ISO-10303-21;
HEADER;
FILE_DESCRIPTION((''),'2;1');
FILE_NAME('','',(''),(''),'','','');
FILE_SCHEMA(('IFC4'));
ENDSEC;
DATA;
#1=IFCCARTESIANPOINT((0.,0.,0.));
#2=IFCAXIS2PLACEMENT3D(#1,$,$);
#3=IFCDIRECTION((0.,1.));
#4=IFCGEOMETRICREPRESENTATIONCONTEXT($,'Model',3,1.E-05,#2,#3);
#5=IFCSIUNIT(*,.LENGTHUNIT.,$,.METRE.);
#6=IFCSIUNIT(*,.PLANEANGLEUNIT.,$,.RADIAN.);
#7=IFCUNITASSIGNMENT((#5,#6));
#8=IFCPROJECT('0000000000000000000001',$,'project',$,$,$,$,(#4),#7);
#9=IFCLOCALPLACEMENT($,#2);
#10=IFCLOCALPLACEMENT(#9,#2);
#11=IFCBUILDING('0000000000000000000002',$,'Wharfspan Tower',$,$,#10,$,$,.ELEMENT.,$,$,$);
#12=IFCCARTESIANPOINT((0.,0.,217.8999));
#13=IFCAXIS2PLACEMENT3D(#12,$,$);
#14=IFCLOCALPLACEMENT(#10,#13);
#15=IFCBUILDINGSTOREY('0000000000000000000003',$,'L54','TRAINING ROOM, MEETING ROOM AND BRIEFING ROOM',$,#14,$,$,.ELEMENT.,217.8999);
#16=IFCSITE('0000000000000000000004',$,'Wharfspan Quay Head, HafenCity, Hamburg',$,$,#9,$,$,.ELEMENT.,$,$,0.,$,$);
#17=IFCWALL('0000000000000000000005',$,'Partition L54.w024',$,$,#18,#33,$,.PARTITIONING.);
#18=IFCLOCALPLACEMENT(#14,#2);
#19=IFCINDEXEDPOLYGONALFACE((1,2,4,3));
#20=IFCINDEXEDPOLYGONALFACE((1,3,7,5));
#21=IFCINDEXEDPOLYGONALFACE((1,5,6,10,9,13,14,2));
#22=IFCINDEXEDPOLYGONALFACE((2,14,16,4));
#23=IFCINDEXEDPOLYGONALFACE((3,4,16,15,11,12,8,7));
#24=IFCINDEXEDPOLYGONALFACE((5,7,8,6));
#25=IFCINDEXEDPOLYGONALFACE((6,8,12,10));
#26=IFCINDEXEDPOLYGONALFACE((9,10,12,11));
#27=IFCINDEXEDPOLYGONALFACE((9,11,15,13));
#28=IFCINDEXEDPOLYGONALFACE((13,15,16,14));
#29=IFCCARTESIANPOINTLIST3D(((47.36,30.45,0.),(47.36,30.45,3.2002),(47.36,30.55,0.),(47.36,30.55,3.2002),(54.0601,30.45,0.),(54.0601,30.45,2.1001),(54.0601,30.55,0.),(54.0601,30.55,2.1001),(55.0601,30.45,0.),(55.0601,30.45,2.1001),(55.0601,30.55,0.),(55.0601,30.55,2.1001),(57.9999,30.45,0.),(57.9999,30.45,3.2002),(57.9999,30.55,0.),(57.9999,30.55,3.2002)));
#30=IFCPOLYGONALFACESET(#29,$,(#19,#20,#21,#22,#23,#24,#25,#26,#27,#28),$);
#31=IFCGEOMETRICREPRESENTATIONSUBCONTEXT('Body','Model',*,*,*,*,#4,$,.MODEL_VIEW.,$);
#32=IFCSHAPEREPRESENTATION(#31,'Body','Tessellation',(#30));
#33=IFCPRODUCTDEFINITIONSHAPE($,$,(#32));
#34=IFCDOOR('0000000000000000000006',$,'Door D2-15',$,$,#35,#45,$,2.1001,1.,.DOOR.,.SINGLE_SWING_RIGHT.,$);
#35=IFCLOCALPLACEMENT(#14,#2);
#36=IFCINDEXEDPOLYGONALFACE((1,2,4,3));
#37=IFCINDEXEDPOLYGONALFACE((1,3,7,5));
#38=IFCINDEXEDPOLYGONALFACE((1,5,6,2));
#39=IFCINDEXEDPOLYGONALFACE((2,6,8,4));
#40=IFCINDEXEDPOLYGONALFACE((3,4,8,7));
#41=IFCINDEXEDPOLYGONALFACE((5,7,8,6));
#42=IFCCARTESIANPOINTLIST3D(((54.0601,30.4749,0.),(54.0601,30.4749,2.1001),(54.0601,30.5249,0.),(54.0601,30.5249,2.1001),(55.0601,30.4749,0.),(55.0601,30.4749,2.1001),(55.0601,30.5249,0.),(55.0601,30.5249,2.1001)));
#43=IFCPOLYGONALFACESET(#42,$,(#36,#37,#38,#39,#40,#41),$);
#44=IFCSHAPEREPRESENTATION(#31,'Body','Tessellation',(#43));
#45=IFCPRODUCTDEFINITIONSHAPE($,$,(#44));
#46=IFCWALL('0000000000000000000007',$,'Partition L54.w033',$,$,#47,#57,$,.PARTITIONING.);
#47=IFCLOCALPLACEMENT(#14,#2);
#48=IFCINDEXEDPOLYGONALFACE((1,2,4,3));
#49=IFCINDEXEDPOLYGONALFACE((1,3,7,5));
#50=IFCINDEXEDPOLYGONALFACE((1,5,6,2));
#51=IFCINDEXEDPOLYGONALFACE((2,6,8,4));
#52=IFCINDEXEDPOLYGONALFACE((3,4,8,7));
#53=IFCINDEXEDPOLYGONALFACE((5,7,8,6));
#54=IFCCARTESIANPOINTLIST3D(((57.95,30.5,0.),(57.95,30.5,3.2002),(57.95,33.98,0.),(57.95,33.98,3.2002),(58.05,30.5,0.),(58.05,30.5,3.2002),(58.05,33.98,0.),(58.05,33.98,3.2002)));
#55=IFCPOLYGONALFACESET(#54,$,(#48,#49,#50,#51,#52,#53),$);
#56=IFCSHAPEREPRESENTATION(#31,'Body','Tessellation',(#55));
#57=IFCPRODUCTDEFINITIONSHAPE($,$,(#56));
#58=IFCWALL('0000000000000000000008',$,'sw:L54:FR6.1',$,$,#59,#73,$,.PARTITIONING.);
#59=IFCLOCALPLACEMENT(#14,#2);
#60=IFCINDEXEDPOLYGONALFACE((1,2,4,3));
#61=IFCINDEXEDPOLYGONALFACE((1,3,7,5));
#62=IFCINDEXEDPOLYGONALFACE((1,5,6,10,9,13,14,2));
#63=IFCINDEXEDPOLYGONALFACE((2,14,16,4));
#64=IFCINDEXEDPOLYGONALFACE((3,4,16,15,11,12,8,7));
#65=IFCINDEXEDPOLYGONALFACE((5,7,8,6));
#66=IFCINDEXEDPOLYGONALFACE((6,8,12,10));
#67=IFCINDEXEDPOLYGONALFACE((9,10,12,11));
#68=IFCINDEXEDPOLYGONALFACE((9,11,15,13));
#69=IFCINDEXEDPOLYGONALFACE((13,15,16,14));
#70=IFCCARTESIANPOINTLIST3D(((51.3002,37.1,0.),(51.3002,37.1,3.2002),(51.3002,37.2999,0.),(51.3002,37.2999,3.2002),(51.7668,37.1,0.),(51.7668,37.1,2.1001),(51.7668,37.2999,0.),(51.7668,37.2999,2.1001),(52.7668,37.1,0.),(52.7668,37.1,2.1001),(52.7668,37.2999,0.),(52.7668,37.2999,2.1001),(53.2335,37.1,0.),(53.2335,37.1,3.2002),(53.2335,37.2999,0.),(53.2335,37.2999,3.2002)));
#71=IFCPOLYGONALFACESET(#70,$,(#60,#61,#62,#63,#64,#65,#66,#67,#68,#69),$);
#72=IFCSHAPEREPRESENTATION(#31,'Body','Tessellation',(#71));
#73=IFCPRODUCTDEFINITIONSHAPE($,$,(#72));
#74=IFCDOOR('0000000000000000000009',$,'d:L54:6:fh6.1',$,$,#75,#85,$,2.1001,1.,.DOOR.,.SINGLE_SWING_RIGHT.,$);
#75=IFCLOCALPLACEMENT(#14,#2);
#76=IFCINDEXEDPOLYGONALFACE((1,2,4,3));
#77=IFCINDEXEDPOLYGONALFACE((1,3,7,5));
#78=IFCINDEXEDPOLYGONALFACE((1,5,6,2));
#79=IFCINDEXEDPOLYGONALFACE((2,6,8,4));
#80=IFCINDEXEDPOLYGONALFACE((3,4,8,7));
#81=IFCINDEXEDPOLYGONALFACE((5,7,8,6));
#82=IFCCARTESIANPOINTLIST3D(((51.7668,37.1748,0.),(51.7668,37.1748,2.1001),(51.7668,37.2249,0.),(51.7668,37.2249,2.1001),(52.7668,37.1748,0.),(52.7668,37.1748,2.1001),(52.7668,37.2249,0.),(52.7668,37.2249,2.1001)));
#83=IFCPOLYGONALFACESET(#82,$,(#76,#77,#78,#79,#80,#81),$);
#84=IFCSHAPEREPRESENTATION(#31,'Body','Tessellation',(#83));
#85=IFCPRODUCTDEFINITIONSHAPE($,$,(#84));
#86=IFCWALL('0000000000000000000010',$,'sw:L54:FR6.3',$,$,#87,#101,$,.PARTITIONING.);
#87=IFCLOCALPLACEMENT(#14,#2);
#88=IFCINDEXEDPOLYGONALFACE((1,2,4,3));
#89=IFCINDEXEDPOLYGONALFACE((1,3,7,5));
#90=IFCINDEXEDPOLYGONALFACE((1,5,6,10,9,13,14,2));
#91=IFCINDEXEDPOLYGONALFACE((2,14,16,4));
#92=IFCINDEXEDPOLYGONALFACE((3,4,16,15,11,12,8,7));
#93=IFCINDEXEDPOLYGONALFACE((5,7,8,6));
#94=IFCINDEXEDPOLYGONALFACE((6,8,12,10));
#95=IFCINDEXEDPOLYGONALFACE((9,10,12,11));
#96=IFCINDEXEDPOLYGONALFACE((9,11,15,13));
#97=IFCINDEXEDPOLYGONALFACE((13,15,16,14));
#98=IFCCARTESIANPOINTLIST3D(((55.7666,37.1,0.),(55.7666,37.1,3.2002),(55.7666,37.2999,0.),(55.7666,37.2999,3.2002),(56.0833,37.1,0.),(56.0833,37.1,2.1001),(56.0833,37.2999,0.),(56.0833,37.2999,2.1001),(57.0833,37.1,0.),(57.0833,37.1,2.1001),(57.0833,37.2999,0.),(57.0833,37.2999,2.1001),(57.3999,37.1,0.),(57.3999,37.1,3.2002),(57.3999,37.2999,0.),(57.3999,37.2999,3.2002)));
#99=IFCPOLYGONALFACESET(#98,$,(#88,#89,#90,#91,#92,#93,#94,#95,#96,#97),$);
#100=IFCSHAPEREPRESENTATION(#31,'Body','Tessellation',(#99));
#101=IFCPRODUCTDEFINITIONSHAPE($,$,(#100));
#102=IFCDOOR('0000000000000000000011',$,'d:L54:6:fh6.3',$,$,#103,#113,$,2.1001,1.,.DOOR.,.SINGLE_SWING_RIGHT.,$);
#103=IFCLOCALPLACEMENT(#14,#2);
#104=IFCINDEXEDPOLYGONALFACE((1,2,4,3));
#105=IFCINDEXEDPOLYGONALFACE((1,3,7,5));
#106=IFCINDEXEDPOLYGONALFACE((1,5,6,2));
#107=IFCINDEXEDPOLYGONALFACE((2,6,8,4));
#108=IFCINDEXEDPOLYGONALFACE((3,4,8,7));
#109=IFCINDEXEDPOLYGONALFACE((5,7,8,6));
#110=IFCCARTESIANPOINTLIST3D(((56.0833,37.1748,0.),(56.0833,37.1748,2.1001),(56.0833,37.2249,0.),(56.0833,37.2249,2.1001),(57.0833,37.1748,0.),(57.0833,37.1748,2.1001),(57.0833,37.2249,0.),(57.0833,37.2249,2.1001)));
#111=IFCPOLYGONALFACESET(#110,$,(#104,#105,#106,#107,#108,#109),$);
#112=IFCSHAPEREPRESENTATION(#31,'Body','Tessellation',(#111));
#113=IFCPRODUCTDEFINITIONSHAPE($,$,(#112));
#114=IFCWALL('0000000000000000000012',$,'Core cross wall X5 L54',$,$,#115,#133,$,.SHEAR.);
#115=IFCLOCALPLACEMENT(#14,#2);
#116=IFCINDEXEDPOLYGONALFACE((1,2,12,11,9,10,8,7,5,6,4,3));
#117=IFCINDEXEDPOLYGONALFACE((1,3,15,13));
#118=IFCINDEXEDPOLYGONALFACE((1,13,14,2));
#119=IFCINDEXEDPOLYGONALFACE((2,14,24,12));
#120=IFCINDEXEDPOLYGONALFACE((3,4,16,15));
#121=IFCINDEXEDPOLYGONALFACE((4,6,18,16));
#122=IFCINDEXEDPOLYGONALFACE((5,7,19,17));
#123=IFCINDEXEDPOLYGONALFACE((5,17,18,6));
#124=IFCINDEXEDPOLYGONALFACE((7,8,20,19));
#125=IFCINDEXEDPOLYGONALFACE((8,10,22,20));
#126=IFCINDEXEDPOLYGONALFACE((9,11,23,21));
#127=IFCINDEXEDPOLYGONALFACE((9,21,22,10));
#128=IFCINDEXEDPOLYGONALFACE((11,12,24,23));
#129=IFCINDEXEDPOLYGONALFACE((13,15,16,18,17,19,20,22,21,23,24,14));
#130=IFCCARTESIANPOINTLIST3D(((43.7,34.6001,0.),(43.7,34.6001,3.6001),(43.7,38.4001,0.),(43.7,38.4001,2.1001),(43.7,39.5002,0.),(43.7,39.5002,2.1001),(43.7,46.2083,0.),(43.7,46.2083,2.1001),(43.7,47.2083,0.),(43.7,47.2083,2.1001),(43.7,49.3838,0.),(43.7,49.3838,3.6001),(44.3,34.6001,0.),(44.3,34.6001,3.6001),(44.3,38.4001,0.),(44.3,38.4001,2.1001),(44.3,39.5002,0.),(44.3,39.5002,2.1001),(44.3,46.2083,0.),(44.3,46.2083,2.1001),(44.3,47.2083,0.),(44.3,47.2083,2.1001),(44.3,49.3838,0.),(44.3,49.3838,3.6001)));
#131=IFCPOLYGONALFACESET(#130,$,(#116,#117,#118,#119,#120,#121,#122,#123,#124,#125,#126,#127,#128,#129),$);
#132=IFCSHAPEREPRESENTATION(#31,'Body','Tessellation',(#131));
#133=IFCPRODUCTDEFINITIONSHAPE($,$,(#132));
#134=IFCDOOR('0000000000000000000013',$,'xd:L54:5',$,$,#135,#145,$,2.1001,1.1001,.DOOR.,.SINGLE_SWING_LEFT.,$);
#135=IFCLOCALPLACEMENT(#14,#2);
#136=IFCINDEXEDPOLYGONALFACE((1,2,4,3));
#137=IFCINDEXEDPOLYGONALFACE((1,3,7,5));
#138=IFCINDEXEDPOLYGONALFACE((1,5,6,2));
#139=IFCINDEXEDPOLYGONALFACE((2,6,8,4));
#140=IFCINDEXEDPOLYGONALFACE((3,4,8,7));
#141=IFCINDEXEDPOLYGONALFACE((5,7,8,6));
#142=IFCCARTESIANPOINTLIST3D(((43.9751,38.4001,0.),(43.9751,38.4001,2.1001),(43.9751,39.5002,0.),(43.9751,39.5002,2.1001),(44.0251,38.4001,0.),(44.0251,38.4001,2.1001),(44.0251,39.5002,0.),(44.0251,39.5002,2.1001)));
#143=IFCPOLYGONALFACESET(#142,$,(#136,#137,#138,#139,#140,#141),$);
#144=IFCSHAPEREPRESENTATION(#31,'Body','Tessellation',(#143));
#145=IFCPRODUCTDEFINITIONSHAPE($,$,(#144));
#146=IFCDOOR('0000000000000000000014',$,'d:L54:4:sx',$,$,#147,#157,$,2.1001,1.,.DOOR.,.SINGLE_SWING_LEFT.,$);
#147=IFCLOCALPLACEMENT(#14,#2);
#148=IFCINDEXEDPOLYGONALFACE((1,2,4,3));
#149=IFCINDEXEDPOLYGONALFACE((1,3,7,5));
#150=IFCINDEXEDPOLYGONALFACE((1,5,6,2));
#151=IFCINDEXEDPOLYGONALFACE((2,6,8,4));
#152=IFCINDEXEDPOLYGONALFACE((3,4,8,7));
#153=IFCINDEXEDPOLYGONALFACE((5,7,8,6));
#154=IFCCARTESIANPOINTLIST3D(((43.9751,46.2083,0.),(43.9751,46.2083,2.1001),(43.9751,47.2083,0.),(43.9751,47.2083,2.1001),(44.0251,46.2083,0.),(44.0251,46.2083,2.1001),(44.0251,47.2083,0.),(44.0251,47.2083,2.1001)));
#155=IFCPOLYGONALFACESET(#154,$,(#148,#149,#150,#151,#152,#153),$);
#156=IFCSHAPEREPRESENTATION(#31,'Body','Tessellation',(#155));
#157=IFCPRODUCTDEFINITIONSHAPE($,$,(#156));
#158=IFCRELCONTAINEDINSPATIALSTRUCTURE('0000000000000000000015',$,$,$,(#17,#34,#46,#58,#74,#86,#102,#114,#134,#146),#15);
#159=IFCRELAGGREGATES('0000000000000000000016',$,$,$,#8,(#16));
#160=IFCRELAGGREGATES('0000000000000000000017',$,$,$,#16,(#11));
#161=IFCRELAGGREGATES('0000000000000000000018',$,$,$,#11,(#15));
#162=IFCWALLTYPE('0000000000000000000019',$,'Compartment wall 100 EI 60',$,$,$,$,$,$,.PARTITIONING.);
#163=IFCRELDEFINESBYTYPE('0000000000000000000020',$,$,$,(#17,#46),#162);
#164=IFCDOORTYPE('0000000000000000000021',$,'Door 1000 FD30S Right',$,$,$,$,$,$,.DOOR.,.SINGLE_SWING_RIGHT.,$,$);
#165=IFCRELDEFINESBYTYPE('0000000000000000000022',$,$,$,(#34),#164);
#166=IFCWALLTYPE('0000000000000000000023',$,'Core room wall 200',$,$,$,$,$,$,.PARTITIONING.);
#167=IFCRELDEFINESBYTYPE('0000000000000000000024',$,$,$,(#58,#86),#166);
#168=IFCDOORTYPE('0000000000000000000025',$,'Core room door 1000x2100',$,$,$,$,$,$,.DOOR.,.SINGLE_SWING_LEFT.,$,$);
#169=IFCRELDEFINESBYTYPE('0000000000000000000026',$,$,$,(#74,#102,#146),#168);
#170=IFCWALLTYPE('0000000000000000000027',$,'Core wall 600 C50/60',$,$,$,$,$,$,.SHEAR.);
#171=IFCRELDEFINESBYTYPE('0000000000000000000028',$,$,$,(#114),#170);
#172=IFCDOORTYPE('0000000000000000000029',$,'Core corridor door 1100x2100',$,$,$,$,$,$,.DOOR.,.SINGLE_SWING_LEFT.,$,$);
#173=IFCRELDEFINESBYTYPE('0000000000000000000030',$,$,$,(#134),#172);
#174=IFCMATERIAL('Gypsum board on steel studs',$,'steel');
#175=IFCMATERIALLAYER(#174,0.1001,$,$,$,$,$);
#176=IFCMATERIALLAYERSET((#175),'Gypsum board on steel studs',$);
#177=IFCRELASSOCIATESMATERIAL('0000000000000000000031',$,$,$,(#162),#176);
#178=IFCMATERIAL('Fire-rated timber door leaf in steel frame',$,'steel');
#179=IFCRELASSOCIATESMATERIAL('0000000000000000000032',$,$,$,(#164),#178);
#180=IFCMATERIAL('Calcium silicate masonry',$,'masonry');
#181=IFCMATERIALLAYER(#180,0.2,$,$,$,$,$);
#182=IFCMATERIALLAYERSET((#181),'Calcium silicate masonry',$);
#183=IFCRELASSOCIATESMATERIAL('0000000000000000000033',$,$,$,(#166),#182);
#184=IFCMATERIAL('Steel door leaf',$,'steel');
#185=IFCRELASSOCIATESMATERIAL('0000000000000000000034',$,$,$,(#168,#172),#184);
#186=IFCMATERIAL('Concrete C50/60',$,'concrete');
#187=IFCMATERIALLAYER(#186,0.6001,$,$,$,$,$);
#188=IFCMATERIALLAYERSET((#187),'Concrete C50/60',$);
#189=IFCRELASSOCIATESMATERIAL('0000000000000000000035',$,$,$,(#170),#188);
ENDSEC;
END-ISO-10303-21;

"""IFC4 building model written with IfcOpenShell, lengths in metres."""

from ifc_helpers import new_model, si_unit, direction, frame, frame_2d, origin, place, context, subcontext, project, spatial, rectangle, extrude, material, layer, layer_set, type_object, element, fill, save


model = new_model("IFC4")

# Units and contexts
model_context = context("Model", 3, precision=1e-05, world=origin(), true_north=direction((0.0, 1.0)))
body_context = subcontext(model_context, "Body", "Model", "MODEL_VIEW")
ifc_project = project(units=[si_unit("LENGTHUNIT", "METRE"), si_unit("PLANEANGLEUNIT", "RADIAN")], contexts=[model_context])

# Site, building, storey
site_placement = place(None, origin())
site = spatial("IfcSite", under=ifc_project, at=site_placement, Name="Wharfspan Quay Head, HafenCity, Hamburg", CompositionType="ELEMENT", RefElevation=0.0)
building_placement = place(site_placement, origin())
building = spatial("IfcBuilding", under=site, at=building_placement, Name="Wharfspan Tower", CompositionType="ELEMENT")
storey_placement = place(building_placement, frame((0.0, 0.0, 217.8999)))
storey = spatial("IfcBuildingStorey", under=building, at=storey_placement, Name="L54", Description="TRAINING ROOM, MEETING ROOM AND BRIEFING ROOM", CompositionType="ELEMENT", Elevation=217.8999)

# Wall, opening, door
ifc_material_1 = material(Name="Gypsum board on steel studs", Category="steel")
ifc_layer_1 = layer(ifc_material_1, 0.1001)
ifc_layer_set_1 = layer_set([ifc_layer_1], Name="Gypsum board on steel studs")
wall_type_1 = type_object("IfcWallType", Name="Compartment wall 100 EI 60", PredefinedType="PARTITIONING", material=ifc_layer_set_1)
wall_1_placement = place(storey_placement, frame((47.3601, 30.5, 0.0), z_axis=(0.0, 0.0, 1.0), x_axis=(1.0, 0.0, 0.0)))
wall_1 = element("IfcWall", 1, at=wall_1_placement, inside=storey, type_object=wall_type_1, Name="Partition L54.w024", PredefinedType="PARTITIONING", context=body_context, shape_type="SweptSolid", body=[
    extrude(rectangle(XDim=10.6399, YDim=0.1001, at=frame_2d((5.3198, 0.0))), origin(), (0.0, 0.0, 1.0), 3.2002),
])
opening_1_placement = place(wall_1_placement, frame((6.7, 0.0, 0.0)))
opening_1 = element("IfcOpeningElement", 2, at=opening_1_placement, cuts=wall_1, PredefinedType="OPENING", context=body_context, shape_type="SweptSolid", body=[
    extrude(rectangle(XDim=1.0, YDim=2.1001, at=frame_2d((0.5, 1.05))), frame((0.0, 0.0601, 0.0), z_axis=(0.0, -1.0, 0.0), x_axis=(1.0, 0.0, 0.0)), (0.0, 0.0, 1.0), 0.1201),
])
ifc_material_2 = material(Name="Fire-rated timber door leaf in steel frame", Category="steel")
door_type_1 = type_object("IfcDoorType", Name="Door 1000 FD30S Right", OperationType="SINGLE_SWING_RIGHT", PredefinedType="DOOR", material=ifc_material_2)
door_1_placement = place(opening_1_placement, origin())
door_1 = element("IfcDoor", 3, at=door_1_placement, inside=storey, type_object=door_type_1, Name="Door D2-15", OperationType="SINGLE_SWING_RIGHT", OverallHeight=2.1001, OverallWidth=1.0, PredefinedType="DOOR", context=body_context, shape_type="SweptSolid", body=[
    extrude(rectangle(XDim=1.0, YDim=2.1001, at=frame_2d((0.5, 1.05))), frame((0.0, 0.0249, 0.0), z_axis=(0.0, -1.0, 0.0), x_axis=(1.0, 0.0, 0.0)), (0.0, 0.0, 1.0), 0.05),
])
fill(opening_1, door_1)

# Wall
wall_2_placement = place(storey_placement, frame((58.0, 30.5, 0.0), z_axis=(0.0, 0.0, 1.0), x_axis=(0.0, 1.0, 0.0)))
element("IfcWall", 4, at=wall_2_placement, inside=storey, type_object=wall_type_1, Name="Partition L54.w033", PredefinedType="PARTITIONING", context=body_context, shape_type="SweptSolid", body=[
    extrude(rectangle(XDim=3.48, YDim=0.1001, at=frame_2d((1.74, 0.0))), origin(), (0.0, 0.0, 1.0), 3.2002),
])

# Walls, openings, doors
ifc_material_3 = material(Name="Calcium silicate masonry", Category="masonry")
ifc_layer_2 = layer(ifc_material_3, 0.2)
ifc_layer_set_2 = layer_set([ifc_layer_2], Name="Calcium silicate masonry")
wall_type_2 = type_object("IfcWallType", Name="Core room wall 200", PredefinedType="PARTITIONING", material=ifc_layer_set_2)
wall_3_placement = place(storey_placement, frame((51.3, 37.2, 0.0), z_axis=(0.0, 0.0, 1.0), x_axis=(1.0, 0.0, 0.0)))
wall_3 = element("IfcWall", 5, at=wall_3_placement, inside=storey, type_object=wall_type_2, Name="sw:L54:FR6.1", PredefinedType="PARTITIONING", context=body_context, shape_type="SweptSolid", body=[
    extrude(rectangle(XDim=1.9333, YDim=0.2, at=frame_2d((0.9668, 0.0))), origin(), (0.0, 0.0, 1.0), 3.2002),
])
opening_2_placement = place(wall_3_placement, frame((0.4668, 0.0, 0.0)))
opening_2 = element("IfcOpeningElement", 6, at=opening_2_placement, cuts=wall_3, PredefinedType="OPENING", context=body_context, shape_type="SweptSolid", body=[
    extrude(rectangle(XDim=1.0, YDim=2.1001, at=frame_2d((0.5, 1.05))), frame((0.0, 0.1099, 0.0), z_axis=(0.0, -1.0, 0.0), x_axis=(1.0, 0.0, 0.0)), (0.0, 0.0, 1.0), 0.22),
])
ifc_material_4 = material(Name="Steel door leaf", Category="steel")
door_type_2 = type_object("IfcDoorType", Name="Core room door 1000x2100", OperationType="SINGLE_SWING_LEFT", PredefinedType="DOOR", material=ifc_material_4)
door_2_placement = place(opening_2_placement, origin())
door_2 = element("IfcDoor", 7, at=door_2_placement, inside=storey, type_object=door_type_2, Name="d:L54:6:fh6.1", OperationType="SINGLE_SWING_RIGHT", OverallHeight=2.1001, OverallWidth=1.0, PredefinedType="DOOR", context=body_context, shape_type="SweptSolid", body=[
    extrude(rectangle(XDim=1.0, YDim=2.1001, at=frame_2d((0.5, 1.05))), frame((0.0, 0.0249, 0.0), z_axis=(0.0, -1.0, 0.0), x_axis=(1.0, 0.0, 0.0)), (0.0, 0.0, 1.0), 0.05),
])
fill(opening_2, door_2)
wall_4_placement = place(storey_placement, frame((55.7666, 37.2, 0.0), z_axis=(0.0, 0.0, 1.0), x_axis=(1.0, 0.0, 0.0)))
wall_4 = element("IfcWall", 8, at=wall_4_placement, inside=storey, type_object=wall_type_2, Name="sw:L54:FR6.3", PredefinedType="PARTITIONING", context=body_context, shape_type="SweptSolid", body=[
    extrude(rectangle(XDim=1.6333, YDim=0.2, at=frame_2d((0.8166, 0.0))), origin(), (0.0, 0.0, 1.0), 3.2002),
])
opening_3_placement = place(wall_4_placement, frame((0.3166, 0.0, 0.0)))
opening_3 = element("IfcOpeningElement", 9, at=opening_3_placement, cuts=wall_4, PredefinedType="OPENING", context=body_context, shape_type="SweptSolid", body=[
    extrude(rectangle(XDim=1.0, YDim=2.1001, at=frame_2d((0.5, 1.05))), frame((0.0, 0.1099, 0.0), z_axis=(0.0, -1.0, 0.0), x_axis=(1.0, 0.0, 0.0)), (0.0, 0.0, 1.0), 0.22),
])
door_3_placement = place(opening_3_placement, origin())
door_3 = element("IfcDoor", 10, at=door_3_placement, inside=storey, type_object=door_type_2, Name="d:L54:6:fh6.3", OperationType="SINGLE_SWING_RIGHT", OverallHeight=2.1001, OverallWidth=1.0, PredefinedType="DOOR", context=body_context, shape_type="SweptSolid", body=[
    extrude(rectangle(XDim=1.0, YDim=2.1001, at=frame_2d((0.5, 1.05))), frame((0.0, 0.0249, 0.0), z_axis=(0.0, -1.0, 0.0), x_axis=(1.0, 0.0, 0.0)), (0.0, 0.0, 1.0), 0.05),
])
fill(opening_3, door_3)

# Wall, openings, doors
ifc_material_5 = material(Name="Concrete C50/60", Category="concrete")
ifc_layer_3 = layer(ifc_material_5, 0.6001)
ifc_layer_set_3 = layer_set([ifc_layer_3], Name="Concrete C50/60")
wall_type_3 = type_object("IfcWallType", Name="Core wall 600 C50/60", PredefinedType="SHEAR", material=ifc_layer_set_3)
wall_5_placement = place(storey_placement, frame((44.0, 34.6001, 0.0), z_axis=(0.0, 0.0, 1.0), x_axis=(0.0, 1.0, 0.0)))
wall_5 = element("IfcWall", 11, at=wall_5_placement, inside=storey, type_object=wall_type_3, Name="Core cross wall X5 L54", PredefinedType="SHEAR", context=body_context, shape_type="SweptSolid", body=[
    extrude(rectangle(XDim=14.7837, YDim=0.6001, at=frame_2d((7.3918, 0.0))), origin(), (0.0, 0.0, 1.0), 3.6001),
])
opening_4_placement = place(wall_5_placement, frame((11.6082, 0.0, 0.0)))
opening_4 = element("IfcOpeningElement", 12, at=opening_4_placement, cuts=wall_5, PredefinedType="OPENING", context=body_context, shape_type="SweptSolid", body=[
    extrude(rectangle(XDim=1.0, YDim=2.1001, at=frame_2d((0.5, 1.05))), frame((0.0, 0.3101, 0.0), z_axis=(0.0, -1.0, 0.0), x_axis=(1.0, 0.0, 0.0)), (0.0, 0.0, 1.0), 0.6201),
])
opening_5_placement = place(wall_5_placement, frame((3.8, 0.0, 0.0)))
opening_5 = element("IfcOpeningElement", 13, at=opening_5_placement, cuts=wall_5, PredefinedType="OPENING", context=body_context, shape_type="SweptSolid", body=[
    extrude(rectangle(XDim=1.1001, YDim=2.1001, at=frame_2d((0.55, 1.05))), frame((0.0, 0.3101, 0.0), z_axis=(0.0, -1.0, 0.0), x_axis=(1.0, 0.0, 0.0)), (0.0, 0.0, 1.0), 0.6201),
])
door_type_3 = type_object("IfcDoorType", Name="Core corridor door 1100x2100", OperationType="SINGLE_SWING_LEFT", PredefinedType="DOOR", material=ifc_material_4)
door_4_placement = place(opening_5_placement, origin())
door_4 = element("IfcDoor", 14, at=door_4_placement, inside=storey, type_object=door_type_3, Name="xd:L54:5", OperationType="SINGLE_SWING_LEFT", OverallHeight=2.1001, OverallWidth=1.1001, PredefinedType="DOOR", context=body_context, shape_type="SweptSolid", body=[
    extrude(rectangle(XDim=1.1001, YDim=2.1001, at=frame_2d((0.55, 1.05))), frame((0.0, 0.0249, 0.0), z_axis=(0.0, -1.0, 0.0), x_axis=(1.0, 0.0, 0.0)), (0.0, 0.0, 1.0), 0.05),
])
fill(opening_5, door_4)
door_5_placement = place(opening_4_placement, origin())
door_5 = element("IfcDoor", 15, at=door_5_placement, inside=storey, type_object=door_type_2, Name="d:L54:4:sx", OperationType="SINGLE_SWING_LEFT", OverallHeight=2.1001, OverallWidth=1.0, PredefinedType="DOOR", context=body_context, shape_type="SweptSolid", body=[
    extrude(rectangle(XDim=1.0, YDim=2.1001, at=frame_2d((0.5, 1.05))), frame((0.0, 0.0249, 0.0), z_axis=(0.0, -1.0, 0.0), x_axis=(1.0, 0.0, 0.0)), (0.0, 0.0, 1.0), 0.05),
])
fill(opening_4, door_5)

save(model, "model.ifc")
